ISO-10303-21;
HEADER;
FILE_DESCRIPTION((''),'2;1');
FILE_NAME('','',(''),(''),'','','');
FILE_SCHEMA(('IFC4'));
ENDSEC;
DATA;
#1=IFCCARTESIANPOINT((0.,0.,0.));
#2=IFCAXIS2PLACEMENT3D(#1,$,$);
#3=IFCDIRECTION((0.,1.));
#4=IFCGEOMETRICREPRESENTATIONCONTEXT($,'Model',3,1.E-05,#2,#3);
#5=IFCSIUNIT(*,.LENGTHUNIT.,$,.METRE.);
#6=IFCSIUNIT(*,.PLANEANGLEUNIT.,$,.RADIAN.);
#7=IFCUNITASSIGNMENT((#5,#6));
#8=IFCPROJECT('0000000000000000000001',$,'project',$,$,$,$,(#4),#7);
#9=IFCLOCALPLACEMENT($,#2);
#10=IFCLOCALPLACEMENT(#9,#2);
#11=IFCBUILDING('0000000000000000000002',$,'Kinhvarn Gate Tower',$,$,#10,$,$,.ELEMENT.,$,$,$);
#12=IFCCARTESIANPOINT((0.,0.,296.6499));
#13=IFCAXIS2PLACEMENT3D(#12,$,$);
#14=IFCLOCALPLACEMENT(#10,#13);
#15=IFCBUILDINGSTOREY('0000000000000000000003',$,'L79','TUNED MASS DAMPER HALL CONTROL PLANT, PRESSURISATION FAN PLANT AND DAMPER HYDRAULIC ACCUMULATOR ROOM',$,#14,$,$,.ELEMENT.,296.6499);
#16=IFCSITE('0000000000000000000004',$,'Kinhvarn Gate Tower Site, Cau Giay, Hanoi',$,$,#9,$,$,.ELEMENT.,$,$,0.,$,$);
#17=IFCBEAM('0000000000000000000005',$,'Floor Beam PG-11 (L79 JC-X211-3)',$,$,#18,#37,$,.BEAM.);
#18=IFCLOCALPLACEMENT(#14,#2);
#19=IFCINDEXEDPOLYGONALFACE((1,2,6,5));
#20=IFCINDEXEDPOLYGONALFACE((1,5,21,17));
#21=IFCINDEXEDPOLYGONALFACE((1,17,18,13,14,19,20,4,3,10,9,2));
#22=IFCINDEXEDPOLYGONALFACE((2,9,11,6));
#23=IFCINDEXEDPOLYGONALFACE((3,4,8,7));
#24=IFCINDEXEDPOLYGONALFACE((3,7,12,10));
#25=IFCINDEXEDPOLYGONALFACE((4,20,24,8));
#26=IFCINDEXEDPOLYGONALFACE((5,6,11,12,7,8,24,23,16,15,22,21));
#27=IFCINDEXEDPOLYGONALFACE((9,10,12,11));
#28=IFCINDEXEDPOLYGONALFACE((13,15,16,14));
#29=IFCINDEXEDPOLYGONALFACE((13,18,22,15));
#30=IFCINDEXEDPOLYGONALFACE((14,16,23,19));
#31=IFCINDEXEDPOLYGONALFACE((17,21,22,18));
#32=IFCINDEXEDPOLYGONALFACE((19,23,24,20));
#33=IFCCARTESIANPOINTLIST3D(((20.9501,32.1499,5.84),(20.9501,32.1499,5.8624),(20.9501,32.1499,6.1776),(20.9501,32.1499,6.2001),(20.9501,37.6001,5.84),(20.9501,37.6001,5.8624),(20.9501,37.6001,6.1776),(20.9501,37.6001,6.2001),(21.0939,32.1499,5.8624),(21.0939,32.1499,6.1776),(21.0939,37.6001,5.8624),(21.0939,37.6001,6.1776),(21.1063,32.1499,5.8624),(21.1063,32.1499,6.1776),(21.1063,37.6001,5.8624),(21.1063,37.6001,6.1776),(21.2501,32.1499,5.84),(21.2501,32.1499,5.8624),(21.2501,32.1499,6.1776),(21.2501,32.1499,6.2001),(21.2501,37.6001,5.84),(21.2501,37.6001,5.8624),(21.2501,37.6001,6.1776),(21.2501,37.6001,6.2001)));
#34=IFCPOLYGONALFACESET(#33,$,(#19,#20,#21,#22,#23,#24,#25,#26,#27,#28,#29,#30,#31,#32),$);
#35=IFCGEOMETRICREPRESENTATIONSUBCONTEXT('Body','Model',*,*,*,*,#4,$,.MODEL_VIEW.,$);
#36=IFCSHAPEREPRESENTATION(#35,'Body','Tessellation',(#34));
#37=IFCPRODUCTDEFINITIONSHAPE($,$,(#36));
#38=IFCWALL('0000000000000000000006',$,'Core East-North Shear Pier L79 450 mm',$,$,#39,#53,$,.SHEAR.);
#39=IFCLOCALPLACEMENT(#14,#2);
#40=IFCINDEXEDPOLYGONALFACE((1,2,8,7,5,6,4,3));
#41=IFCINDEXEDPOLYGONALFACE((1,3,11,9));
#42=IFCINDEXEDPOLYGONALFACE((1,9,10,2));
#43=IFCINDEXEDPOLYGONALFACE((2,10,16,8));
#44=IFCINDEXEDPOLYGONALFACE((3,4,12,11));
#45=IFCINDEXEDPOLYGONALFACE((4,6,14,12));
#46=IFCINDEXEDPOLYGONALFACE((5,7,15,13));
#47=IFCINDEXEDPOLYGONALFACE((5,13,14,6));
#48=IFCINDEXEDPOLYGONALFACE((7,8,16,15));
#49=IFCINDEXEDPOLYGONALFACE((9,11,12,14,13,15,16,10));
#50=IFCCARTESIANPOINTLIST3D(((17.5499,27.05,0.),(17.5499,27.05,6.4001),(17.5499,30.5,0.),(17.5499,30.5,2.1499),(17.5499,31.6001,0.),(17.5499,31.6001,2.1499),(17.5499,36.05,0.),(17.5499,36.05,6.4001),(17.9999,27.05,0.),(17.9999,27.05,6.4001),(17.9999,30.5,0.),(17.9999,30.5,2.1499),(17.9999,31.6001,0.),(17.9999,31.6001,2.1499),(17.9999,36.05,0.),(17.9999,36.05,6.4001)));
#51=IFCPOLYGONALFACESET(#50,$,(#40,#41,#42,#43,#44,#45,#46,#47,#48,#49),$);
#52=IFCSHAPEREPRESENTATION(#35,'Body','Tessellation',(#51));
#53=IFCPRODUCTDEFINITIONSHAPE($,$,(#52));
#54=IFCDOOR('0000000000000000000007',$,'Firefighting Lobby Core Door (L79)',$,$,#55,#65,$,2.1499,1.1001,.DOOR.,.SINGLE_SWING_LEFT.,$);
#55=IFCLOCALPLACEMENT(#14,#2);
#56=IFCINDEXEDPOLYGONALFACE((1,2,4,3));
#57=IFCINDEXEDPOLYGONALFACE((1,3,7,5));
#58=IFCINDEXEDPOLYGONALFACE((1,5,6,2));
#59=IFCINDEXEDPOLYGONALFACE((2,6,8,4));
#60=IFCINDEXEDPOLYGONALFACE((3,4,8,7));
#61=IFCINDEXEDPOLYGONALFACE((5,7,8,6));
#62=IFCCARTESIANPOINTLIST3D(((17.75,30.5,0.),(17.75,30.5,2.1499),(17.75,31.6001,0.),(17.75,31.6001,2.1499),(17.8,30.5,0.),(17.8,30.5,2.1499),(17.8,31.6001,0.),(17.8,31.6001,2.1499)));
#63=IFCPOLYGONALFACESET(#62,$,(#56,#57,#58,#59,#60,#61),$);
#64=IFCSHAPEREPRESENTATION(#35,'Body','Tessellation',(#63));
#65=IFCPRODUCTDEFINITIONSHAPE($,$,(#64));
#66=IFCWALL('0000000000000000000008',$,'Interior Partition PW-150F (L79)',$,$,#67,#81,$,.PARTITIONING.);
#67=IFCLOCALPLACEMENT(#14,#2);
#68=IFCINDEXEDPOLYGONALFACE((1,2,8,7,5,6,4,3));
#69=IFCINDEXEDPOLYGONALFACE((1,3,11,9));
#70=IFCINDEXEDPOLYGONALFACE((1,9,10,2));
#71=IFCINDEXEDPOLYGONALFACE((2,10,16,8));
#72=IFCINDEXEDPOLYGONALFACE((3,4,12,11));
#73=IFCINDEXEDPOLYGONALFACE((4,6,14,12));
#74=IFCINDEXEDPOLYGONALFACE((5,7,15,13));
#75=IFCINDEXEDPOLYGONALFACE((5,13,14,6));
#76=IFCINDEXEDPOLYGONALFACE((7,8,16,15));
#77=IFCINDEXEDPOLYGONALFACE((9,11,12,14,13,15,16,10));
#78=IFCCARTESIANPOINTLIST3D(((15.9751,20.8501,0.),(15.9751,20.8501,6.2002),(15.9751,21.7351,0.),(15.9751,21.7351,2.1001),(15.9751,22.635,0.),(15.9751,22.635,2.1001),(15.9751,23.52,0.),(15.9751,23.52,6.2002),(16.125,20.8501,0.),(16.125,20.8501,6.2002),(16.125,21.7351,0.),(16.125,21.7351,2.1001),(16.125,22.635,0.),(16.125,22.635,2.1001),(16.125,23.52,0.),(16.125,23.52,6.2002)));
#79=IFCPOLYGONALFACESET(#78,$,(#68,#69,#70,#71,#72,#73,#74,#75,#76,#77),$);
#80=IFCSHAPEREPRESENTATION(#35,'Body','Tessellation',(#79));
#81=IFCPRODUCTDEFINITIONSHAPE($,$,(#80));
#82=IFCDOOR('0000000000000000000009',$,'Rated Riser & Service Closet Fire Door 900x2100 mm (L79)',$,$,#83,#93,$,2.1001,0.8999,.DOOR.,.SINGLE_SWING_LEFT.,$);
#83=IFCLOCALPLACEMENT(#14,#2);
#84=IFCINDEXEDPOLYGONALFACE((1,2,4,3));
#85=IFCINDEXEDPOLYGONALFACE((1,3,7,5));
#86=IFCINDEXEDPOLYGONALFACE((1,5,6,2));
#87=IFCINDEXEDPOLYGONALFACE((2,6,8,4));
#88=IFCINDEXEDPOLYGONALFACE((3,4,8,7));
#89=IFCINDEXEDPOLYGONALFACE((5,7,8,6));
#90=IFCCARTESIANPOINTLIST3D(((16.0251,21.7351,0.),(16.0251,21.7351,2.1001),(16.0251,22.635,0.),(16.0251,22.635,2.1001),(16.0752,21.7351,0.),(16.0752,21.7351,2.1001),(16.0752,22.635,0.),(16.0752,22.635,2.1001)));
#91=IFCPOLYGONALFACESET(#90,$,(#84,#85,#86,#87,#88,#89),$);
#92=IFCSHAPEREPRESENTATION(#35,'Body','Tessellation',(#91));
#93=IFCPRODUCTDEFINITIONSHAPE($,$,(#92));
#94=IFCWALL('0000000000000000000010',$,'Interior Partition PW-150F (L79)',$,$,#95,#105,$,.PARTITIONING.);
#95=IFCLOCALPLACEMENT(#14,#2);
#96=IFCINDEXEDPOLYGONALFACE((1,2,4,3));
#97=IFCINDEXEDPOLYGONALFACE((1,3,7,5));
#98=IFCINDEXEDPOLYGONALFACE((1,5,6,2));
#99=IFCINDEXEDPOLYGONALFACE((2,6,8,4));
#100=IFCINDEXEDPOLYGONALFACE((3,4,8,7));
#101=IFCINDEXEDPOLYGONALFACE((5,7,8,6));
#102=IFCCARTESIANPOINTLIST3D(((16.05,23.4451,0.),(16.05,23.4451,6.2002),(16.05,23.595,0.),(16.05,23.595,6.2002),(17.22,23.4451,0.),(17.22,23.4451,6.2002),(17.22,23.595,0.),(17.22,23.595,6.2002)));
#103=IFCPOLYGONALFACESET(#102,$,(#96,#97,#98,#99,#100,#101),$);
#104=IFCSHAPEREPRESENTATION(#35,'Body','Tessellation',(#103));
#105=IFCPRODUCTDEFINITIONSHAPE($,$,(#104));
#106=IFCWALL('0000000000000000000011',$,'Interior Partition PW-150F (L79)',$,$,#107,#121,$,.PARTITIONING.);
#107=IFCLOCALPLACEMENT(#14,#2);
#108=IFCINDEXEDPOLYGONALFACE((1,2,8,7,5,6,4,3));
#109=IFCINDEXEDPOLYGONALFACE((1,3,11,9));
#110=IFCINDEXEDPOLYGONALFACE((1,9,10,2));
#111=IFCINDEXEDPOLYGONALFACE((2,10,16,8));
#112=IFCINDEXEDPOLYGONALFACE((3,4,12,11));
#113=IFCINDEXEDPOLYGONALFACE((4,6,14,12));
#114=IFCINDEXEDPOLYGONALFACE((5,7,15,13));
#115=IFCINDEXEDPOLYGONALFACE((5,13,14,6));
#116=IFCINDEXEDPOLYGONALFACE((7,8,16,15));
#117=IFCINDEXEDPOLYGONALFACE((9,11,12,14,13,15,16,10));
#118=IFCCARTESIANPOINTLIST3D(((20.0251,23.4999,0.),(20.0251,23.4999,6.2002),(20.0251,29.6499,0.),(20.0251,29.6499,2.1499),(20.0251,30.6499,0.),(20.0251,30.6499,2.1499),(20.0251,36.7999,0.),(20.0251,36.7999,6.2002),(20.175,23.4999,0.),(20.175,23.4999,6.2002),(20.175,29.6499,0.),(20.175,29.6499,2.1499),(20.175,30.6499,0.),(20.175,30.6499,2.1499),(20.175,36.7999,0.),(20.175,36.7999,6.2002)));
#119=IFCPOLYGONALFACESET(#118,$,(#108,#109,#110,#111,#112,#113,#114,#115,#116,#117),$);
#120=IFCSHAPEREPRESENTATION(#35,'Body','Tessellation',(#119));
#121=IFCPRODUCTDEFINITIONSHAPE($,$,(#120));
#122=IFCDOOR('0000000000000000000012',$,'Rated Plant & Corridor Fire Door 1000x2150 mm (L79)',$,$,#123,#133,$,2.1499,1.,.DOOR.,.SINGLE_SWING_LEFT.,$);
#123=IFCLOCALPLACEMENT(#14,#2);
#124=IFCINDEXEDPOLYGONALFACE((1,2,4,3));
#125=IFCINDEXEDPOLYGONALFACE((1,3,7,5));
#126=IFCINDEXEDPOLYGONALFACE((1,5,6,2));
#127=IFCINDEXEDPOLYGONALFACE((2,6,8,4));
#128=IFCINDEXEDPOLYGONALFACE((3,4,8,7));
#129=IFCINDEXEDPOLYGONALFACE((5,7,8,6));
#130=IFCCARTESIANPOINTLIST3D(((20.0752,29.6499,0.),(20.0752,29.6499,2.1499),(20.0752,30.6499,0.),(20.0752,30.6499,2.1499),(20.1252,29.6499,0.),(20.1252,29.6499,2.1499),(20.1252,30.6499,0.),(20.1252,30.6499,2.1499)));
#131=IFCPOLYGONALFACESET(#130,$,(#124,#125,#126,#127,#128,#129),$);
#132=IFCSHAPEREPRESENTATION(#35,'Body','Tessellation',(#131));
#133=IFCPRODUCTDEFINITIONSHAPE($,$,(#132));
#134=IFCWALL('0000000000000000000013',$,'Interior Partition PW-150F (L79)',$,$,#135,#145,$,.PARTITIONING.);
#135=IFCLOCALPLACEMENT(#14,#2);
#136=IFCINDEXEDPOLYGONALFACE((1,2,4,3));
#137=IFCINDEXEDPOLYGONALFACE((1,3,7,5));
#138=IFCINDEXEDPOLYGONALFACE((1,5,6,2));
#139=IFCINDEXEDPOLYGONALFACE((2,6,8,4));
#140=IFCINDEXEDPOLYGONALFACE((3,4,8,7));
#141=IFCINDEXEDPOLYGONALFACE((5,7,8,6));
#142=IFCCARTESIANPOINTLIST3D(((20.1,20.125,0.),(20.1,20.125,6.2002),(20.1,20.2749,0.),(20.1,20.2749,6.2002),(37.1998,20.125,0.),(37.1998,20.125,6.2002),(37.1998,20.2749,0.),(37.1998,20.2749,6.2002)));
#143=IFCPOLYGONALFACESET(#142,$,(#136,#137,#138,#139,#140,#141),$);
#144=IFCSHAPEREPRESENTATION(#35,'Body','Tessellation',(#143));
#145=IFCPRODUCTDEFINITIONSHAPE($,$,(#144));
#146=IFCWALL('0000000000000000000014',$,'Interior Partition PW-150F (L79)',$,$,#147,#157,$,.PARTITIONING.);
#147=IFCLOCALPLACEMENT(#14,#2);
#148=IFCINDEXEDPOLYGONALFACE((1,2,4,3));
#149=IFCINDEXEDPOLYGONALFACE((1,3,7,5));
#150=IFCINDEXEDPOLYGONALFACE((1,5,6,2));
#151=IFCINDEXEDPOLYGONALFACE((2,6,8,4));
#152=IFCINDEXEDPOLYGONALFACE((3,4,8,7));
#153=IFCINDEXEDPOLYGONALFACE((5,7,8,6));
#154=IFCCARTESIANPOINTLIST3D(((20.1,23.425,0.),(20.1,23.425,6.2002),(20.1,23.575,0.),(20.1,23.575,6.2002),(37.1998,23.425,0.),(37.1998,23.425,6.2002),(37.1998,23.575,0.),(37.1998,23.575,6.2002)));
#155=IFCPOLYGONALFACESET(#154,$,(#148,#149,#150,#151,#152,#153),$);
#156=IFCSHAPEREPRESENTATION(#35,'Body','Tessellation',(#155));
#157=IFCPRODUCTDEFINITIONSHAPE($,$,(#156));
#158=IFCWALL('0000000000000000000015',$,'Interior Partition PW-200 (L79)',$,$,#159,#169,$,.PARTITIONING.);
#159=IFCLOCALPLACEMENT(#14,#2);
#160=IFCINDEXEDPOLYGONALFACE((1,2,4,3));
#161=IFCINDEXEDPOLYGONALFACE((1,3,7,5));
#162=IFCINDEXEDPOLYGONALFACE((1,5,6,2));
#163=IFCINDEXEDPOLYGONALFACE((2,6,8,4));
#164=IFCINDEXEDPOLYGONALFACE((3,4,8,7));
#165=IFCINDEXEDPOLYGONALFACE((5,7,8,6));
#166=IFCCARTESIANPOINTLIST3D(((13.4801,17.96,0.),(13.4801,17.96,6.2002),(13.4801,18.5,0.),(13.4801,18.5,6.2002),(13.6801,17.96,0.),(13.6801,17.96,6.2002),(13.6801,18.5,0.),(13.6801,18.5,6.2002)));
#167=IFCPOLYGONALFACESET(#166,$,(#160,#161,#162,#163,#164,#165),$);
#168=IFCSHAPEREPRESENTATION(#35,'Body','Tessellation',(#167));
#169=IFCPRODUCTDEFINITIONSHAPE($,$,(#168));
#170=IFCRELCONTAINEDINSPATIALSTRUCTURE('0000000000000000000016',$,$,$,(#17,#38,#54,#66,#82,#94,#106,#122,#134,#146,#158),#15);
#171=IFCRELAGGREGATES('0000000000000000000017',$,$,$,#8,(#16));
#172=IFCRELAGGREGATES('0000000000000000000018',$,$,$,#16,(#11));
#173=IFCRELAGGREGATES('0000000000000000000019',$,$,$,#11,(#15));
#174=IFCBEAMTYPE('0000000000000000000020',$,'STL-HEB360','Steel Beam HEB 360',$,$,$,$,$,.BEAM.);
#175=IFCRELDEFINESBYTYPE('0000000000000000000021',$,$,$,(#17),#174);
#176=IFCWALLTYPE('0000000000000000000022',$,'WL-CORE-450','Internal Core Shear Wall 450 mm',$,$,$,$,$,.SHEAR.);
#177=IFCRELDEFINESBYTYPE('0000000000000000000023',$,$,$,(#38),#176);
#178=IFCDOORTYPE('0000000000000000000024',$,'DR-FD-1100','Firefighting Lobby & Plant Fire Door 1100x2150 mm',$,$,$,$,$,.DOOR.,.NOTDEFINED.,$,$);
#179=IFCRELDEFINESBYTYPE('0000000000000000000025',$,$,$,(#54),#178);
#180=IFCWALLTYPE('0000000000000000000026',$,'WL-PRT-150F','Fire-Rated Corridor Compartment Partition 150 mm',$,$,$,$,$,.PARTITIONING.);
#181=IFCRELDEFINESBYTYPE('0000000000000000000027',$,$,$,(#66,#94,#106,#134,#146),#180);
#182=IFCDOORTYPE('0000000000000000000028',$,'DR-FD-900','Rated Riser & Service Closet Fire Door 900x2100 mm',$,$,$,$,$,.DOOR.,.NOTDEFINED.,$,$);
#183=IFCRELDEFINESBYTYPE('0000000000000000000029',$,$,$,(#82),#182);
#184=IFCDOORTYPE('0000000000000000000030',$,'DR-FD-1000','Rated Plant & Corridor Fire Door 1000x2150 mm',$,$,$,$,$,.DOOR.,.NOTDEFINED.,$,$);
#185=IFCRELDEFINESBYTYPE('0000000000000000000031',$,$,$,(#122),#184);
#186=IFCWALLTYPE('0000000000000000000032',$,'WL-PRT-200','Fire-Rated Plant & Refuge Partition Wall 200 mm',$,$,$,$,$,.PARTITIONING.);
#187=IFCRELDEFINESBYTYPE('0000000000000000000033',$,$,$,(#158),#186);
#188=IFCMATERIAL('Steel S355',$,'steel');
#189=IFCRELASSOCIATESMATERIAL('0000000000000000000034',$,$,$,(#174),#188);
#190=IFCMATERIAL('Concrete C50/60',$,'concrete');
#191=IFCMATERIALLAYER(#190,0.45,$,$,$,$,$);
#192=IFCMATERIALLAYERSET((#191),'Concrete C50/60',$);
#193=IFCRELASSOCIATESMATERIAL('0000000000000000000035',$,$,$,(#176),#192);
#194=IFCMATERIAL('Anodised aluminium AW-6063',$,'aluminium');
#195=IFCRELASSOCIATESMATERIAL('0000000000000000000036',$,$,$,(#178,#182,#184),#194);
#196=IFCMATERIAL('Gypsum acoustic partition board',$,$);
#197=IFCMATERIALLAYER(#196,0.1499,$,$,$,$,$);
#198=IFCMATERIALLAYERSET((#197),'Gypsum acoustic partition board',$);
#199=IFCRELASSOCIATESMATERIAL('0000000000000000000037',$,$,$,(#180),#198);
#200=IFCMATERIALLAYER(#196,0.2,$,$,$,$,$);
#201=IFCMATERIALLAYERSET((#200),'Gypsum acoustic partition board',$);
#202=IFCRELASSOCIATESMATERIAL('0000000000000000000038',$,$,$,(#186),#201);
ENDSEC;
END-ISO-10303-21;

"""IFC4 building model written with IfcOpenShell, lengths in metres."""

from ifc_helpers import new_model, si_unit, direction, frame, frame_2d, origin, origin_2d, place, context, subcontext, project, spatial, rectangle, i_section, extrude, material, layer, layer_set, material_profile, profile_set, type_object, element, fill, save


model = new_model("IFC4")

# Units and contexts
model_context = context("Model", 3, precision=1e-05, world=origin(), true_north=direction((0.0, 1.0)))
body_context = subcontext(model_context, "Body", "Model", "MODEL_VIEW")
ifc_project = project(units=[si_unit("LENGTHUNIT", "METRE"), si_unit("PLANEANGLEUNIT", "RADIAN")], contexts=[model_context])

# Site, building, storey
site_placement = place(None, origin())
site = spatial("IfcSite", under=ifc_project, at=site_placement, Name="Kinhvarn Gate Tower Site, Cau Giay, Hanoi", CompositionType="ELEMENT", RefElevation=0.0)
building_placement = place(site_placement, origin())
building = spatial("IfcBuilding", under=site, at=building_placement, Name="Kinhvarn Gate Tower", CompositionType="ELEMENT")
storey_placement = place(building_placement, frame((0.0, 0.0, 296.6499)))
storey = spatial("IfcBuildingStorey", under=building, at=storey_placement, Name="L79", Description="TUNED MASS DAMPER HALL CONTROL PLANT, PRESSURISATION FAN PLANT AND DAMPER HYDRAULIC ACCUMULATOR ROOM", CompositionType="ELEMENT", Elevation=296.6499)

# Beam
ifc_material_1 = material(Name="Steel S355", Category="steel")
ifc_material_profile_1 = material_profile(ifc_material_1, i_section(OverallWidth=0.3, OverallDepth=0.3601, WebThickness=0.0125, FlangeThickness=0.0225, at=origin_2d()), Name="HEB 360")
ifc_profile_set_1 = profile_set([ifc_material_profile_1], Name="Steel S355")
beam_type_1 = type_object("IfcBeamType", Name="STL-HEB360", Description="Steel Beam HEB 360", PredefinedType="BEAM", material=ifc_profile_set_1)
beam_1_placement = place(storey_placement, frame((21.1001, 32.1499, 6.02), z_axis=(0.0, 1.0, 0.0), x_axis=(-1.0, 0.0, 0.0)))
element("IfcBeam", 1, at=beam_1_placement, inside=storey, type_object=beam_type_1, Name="Floor Beam PG-11 (L79 JC-X211-3)", PredefinedType="BEAM", context=body_context, shape_type="SweptSolid", body=[
    extrude(i_section(OverallWidth=0.3, OverallDepth=0.3601, WebThickness=0.0125, FlangeThickness=0.0225, at=origin_2d()), origin(), (0.0, 0.0, 1.0), 5.4502),
])

# Walls, openings, doors
ifc_material_2 = material(Name="Concrete C50/60", Category="concrete")
ifc_layer_1 = layer(ifc_material_2, 0.45)
ifc_layer_set_1 = layer_set([ifc_layer_1], Name="Concrete C50/60")
wall_type_1 = type_object("IfcWallType", Name="WL-CORE-450", Description="Internal Core Shear Wall 450 mm", PredefinedType="SHEAR", material=ifc_layer_set_1)
wall_1_placement = place(storey_placement, frame((17.7749, 27.05, 0.0), z_axis=(0.0, 0.0, 1.0), x_axis=(0.0, 1.0, 0.0)))
wall_1 = element("IfcWall", 2, at=wall_1_placement, inside=storey, type_object=wall_type_1, Name="Core East-North Shear Pier L79 450 mm", PredefinedType="SHEAR", context=body_context, shape_type="SweptSolid", body=[
    extrude(rectangle(XDim=9.0, YDim=0.45, at=frame_2d((4.5, 0.0))), origin(), (0.0, 0.0, 1.0), 6.4001),
])
opening_1_placement = place(wall_1_placement, frame((3.45, 0.0, 0.0)))
opening_1 = element("IfcOpeningElement", 3, at=opening_1_placement, cuts=wall_1, PredefinedType="OPENING", context=body_context, shape_type="SweptSolid", body=[
    extrude(rectangle(XDim=1.1001, YDim=2.1499, at=frame_2d((0.55, 1.075))), frame((0.0, 0.2349, 0.0), z_axis=(0.0, -1.0, 0.0), x_axis=(1.0, 0.0, 0.0)), (0.0, 0.0, 1.0), 0.47),
])
ifc_material_3 = material(Name="Anodised aluminium AW-6063", Category="aluminium")
door_type_1 = type_object("IfcDoorType", Name="DR-FD-1100", Description="Firefighting Lobby & Plant Fire Door 1100x2150 mm", OperationType="NOTDEFINED", PredefinedType="DOOR", material=ifc_material_3)
door_1_placement = place(opening_1_placement, origin())
door_1 = element("IfcDoor", 4, at=door_1_placement, inside=storey, type_object=door_type_1, Name="Firefighting Lobby Core Door (L79)", OperationType="SINGLE_SWING_LEFT", OverallHeight=2.1499, OverallWidth=1.1001, PredefinedType="DOOR", context=body_context, shape_type="SweptSolid", body=[
    extrude(rectangle(XDim=1.1001, YDim=2.1499, at=frame_2d((0.55, 1.075))), frame((0.0, 0.0249, 0.0), z_axis=(0.0, -1.0, 0.0), x_axis=(1.0, 0.0, 0.0)), (0.0, 0.0, 1.0), 0.05),
])
fill(opening_1, door_1)
ifc_material_4 = material(Name="Gypsum acoustic partition board")
ifc_layer_2 = layer(ifc_material_4, 0.1499)
ifc_layer_set_2 = layer_set([ifc_layer_2], Name="Gypsum acoustic partition board")
wall_type_2 = type_object("IfcWallType", Name="WL-PRT-150F", Description="Fire-Rated Corridor Compartment Partition 150 mm", PredefinedType="PARTITIONING", material=ifc_layer_set_2)
wall_2_placement = place(storey_placement, frame((16.05, 20.8501, 0.0), z_axis=(0.0, 0.0, 1.0), x_axis=(0.0, 1.0, 0.0)))
wall_2 = element("IfcWall", 5, at=wall_2_placement, inside=storey, type_object=wall_type_2, Name="Interior Partition PW-150F (L79)", PredefinedType="PARTITIONING", context=body_context, shape_type="SweptSolid", body=[
    extrude(rectangle(XDim=2.6699, YDim=0.1499, at=frame_2d((1.335, 0.0))), origin(), (0.0, 0.0, 1.0), 6.2002),
])
opening_2_placement = place(wall_2_placement, frame((0.885, 0.0, 0.0)))
opening_2 = element("IfcOpeningElement", 6, at=opening_2_placement, cuts=wall_2, PredefinedType="OPENING", context=body_context, shape_type="SweptSolid", body=[
    extrude(rectangle(XDim=0.8999, YDim=2.1001, at=frame_2d((0.45, 1.05))), frame((0.0, 0.085, 0.0), z_axis=(0.0, -1.0, 0.0), x_axis=(1.0, 0.0, 0.0)), (0.0, 0.0, 1.0), 0.1699),
])
door_type_2 = type_object("IfcDoorType", Name="DR-FD-900", Description="Rated Riser & Service Closet Fire Door 900x2100 mm", OperationType="NOTDEFINED", PredefinedType="DOOR", material=ifc_material_3)
door_2_placement = place(opening_2_placement, origin())
door_2 = element("IfcDoor", 7, at=door_2_placement, inside=storey, type_object=door_type_2, Name="Rated Riser & Service Closet Fire Door 900x2100 mm (L79)", OperationType="SINGLE_SWING_LEFT", OverallHeight=2.1001, OverallWidth=0.8999, PredefinedType="DOOR", context=body_context, shape_type="SweptSolid", body=[
    extrude(rectangle(XDim=0.8999, YDim=2.1001, at=frame_2d((0.45, 1.05))), frame((0.0, 0.0249, 0.0), z_axis=(0.0, -1.0, 0.0), x_axis=(1.0, 0.0, 0.0)), (0.0, 0.0, 1.0), 0.05),
])
fill(opening_2, door_2)

# Wall
wall_3_placement = place(storey_placement, frame((16.05, 23.52, 0.0), z_axis=(0.0, 0.0, 1.0), x_axis=(1.0, 0.0, 0.0)))
element("IfcWall", 8, at=wall_3_placement, inside=storey, type_object=wall_type_2, Name="Interior Partition PW-150F (L79)", PredefinedType="PARTITIONING", context=body_context, shape_type="SweptSolid", body=[
    extrude(rectangle(XDim=1.1699, YDim=0.1499, at=frame_2d((0.585, 0.0))), origin(), (0.0, 0.0, 1.0), 6.2002),
])

# Wall, opening, door
wall_4_placement = place(storey_placement, frame((20.1001, 23.5, 0.0), z_axis=(0.0, 0.0, 1.0), x_axis=(0.0, 1.0, 0.0)))
wall_4 = element("IfcWall", 9, at=wall_4_placement, inside=storey, type_object=wall_type_2, Name="Interior Partition PW-150F (L79)", PredefinedType="PARTITIONING", context=body_context, shape_type="SweptSolid", body=[
    extrude(rectangle(XDim=13.3, YDim=0.1499, at=frame_2d((6.6499, 0.0))), origin(), (0.0, 0.0, 1.0), 6.2002),
])
opening_3_placement = place(wall_4_placement, frame((6.1499, 0.0, 0.0)))
opening_3 = element("IfcOpeningElement", 10, at=opening_3_placement, cuts=wall_4, PredefinedType="OPENING", context=body_context, shape_type="SweptSolid", body=[
    extrude(rectangle(XDim=1.0, YDim=2.1499, at=frame_2d((0.5, 1.075))), frame((0.0, 0.085, 0.0), z_axis=(0.0, -1.0, 0.0), x_axis=(1.0, 0.0, 0.0)), (0.0, 0.0, 1.0), 0.1699),
])
door_type_3 = type_object("IfcDoorType", Name="DR-FD-1000", Description="Rated Plant & Corridor Fire Door 1000x2150 mm", OperationType="NOTDEFINED", PredefinedType="DOOR", material=ifc_material_3)
door_3_placement = place(opening_3_placement, origin())
door_3 = element("IfcDoor", 11, at=door_3_placement, inside=storey, type_object=door_type_3, Name="Rated Plant & Corridor Fire Door 1000x2150 mm (L79)", OperationType="SINGLE_SWING_LEFT", OverallHeight=2.1499, OverallWidth=1.0, PredefinedType="DOOR", context=body_context, shape_type="SweptSolid", body=[
    extrude(rectangle(XDim=1.0, YDim=2.1499, at=frame_2d((0.5, 1.075))), frame((0.0, 0.0249, 0.0), z_axis=(0.0, -1.0, 0.0), x_axis=(1.0, 0.0, 0.0)), (0.0, 0.0, 1.0), 0.05),
])
fill(opening_3, door_3)

# Walls
for number, where, z_axis, x_axis, name in (
    (12, (20.1001, 20.2, 0.0), (0.0, 0.0, 1.0), (1.0, 0.0, 0.0), "Interior Partition PW-150F (L79)"),
    (13, (20.1001, 23.5, 0.0), (0.0, 0.0, 1.0), (1.0, 0.0, 0.0), "Interior Partition PW-150F (L79)"),
):
    element("IfcWall", number, at=place(storey_placement, frame(where, z_axis=z_axis, x_axis=x_axis)), inside=storey, type_object=wall_type_2, Name=name, PredefinedType="PARTITIONING", context=body_context, shape_type="SweptSolid", body=[
        extrude(rectangle(XDim=17.0999, YDim=0.1499, at=frame_2d((8.5498, 0.0))), origin(), (0.0, 0.0, 1.0), 6.2002),
    ])
ifc_layer_3 = layer(ifc_material_4, 0.2)
ifc_layer_set_3 = layer_set([ifc_layer_3], Name="Gypsum acoustic partition board")
wall_type_3 = type_object("IfcWallType", Name="WL-PRT-200", Description="Fire-Rated Plant & Refuge Partition Wall 200 mm", PredefinedType="PARTITIONING", material=ifc_layer_set_3)
for number, where, z_axis, x_axis, name in (
    (14, (13.5801, 17.96, 0.0), (0.0, 0.0, 1.0), (0.0, 1.0, 0.0), "Interior Partition PW-200 (L79)"),
):
    element("IfcWall", number, at=place(storey_placement, frame(where, z_axis=z_axis, x_axis=x_axis)), inside=storey, type_object=wall_type_3, Name=name, PredefinedType="PARTITIONING", context=body_context, shape_type="SweptSolid", body=[
        extrude(rectangle(XDim=0.54, YDim=0.2, at=frame_2d((0.27, 0.0))), origin(), (0.0, 0.0, 1.0), 6.2002),
    ])

save(model, "model.ifc")
